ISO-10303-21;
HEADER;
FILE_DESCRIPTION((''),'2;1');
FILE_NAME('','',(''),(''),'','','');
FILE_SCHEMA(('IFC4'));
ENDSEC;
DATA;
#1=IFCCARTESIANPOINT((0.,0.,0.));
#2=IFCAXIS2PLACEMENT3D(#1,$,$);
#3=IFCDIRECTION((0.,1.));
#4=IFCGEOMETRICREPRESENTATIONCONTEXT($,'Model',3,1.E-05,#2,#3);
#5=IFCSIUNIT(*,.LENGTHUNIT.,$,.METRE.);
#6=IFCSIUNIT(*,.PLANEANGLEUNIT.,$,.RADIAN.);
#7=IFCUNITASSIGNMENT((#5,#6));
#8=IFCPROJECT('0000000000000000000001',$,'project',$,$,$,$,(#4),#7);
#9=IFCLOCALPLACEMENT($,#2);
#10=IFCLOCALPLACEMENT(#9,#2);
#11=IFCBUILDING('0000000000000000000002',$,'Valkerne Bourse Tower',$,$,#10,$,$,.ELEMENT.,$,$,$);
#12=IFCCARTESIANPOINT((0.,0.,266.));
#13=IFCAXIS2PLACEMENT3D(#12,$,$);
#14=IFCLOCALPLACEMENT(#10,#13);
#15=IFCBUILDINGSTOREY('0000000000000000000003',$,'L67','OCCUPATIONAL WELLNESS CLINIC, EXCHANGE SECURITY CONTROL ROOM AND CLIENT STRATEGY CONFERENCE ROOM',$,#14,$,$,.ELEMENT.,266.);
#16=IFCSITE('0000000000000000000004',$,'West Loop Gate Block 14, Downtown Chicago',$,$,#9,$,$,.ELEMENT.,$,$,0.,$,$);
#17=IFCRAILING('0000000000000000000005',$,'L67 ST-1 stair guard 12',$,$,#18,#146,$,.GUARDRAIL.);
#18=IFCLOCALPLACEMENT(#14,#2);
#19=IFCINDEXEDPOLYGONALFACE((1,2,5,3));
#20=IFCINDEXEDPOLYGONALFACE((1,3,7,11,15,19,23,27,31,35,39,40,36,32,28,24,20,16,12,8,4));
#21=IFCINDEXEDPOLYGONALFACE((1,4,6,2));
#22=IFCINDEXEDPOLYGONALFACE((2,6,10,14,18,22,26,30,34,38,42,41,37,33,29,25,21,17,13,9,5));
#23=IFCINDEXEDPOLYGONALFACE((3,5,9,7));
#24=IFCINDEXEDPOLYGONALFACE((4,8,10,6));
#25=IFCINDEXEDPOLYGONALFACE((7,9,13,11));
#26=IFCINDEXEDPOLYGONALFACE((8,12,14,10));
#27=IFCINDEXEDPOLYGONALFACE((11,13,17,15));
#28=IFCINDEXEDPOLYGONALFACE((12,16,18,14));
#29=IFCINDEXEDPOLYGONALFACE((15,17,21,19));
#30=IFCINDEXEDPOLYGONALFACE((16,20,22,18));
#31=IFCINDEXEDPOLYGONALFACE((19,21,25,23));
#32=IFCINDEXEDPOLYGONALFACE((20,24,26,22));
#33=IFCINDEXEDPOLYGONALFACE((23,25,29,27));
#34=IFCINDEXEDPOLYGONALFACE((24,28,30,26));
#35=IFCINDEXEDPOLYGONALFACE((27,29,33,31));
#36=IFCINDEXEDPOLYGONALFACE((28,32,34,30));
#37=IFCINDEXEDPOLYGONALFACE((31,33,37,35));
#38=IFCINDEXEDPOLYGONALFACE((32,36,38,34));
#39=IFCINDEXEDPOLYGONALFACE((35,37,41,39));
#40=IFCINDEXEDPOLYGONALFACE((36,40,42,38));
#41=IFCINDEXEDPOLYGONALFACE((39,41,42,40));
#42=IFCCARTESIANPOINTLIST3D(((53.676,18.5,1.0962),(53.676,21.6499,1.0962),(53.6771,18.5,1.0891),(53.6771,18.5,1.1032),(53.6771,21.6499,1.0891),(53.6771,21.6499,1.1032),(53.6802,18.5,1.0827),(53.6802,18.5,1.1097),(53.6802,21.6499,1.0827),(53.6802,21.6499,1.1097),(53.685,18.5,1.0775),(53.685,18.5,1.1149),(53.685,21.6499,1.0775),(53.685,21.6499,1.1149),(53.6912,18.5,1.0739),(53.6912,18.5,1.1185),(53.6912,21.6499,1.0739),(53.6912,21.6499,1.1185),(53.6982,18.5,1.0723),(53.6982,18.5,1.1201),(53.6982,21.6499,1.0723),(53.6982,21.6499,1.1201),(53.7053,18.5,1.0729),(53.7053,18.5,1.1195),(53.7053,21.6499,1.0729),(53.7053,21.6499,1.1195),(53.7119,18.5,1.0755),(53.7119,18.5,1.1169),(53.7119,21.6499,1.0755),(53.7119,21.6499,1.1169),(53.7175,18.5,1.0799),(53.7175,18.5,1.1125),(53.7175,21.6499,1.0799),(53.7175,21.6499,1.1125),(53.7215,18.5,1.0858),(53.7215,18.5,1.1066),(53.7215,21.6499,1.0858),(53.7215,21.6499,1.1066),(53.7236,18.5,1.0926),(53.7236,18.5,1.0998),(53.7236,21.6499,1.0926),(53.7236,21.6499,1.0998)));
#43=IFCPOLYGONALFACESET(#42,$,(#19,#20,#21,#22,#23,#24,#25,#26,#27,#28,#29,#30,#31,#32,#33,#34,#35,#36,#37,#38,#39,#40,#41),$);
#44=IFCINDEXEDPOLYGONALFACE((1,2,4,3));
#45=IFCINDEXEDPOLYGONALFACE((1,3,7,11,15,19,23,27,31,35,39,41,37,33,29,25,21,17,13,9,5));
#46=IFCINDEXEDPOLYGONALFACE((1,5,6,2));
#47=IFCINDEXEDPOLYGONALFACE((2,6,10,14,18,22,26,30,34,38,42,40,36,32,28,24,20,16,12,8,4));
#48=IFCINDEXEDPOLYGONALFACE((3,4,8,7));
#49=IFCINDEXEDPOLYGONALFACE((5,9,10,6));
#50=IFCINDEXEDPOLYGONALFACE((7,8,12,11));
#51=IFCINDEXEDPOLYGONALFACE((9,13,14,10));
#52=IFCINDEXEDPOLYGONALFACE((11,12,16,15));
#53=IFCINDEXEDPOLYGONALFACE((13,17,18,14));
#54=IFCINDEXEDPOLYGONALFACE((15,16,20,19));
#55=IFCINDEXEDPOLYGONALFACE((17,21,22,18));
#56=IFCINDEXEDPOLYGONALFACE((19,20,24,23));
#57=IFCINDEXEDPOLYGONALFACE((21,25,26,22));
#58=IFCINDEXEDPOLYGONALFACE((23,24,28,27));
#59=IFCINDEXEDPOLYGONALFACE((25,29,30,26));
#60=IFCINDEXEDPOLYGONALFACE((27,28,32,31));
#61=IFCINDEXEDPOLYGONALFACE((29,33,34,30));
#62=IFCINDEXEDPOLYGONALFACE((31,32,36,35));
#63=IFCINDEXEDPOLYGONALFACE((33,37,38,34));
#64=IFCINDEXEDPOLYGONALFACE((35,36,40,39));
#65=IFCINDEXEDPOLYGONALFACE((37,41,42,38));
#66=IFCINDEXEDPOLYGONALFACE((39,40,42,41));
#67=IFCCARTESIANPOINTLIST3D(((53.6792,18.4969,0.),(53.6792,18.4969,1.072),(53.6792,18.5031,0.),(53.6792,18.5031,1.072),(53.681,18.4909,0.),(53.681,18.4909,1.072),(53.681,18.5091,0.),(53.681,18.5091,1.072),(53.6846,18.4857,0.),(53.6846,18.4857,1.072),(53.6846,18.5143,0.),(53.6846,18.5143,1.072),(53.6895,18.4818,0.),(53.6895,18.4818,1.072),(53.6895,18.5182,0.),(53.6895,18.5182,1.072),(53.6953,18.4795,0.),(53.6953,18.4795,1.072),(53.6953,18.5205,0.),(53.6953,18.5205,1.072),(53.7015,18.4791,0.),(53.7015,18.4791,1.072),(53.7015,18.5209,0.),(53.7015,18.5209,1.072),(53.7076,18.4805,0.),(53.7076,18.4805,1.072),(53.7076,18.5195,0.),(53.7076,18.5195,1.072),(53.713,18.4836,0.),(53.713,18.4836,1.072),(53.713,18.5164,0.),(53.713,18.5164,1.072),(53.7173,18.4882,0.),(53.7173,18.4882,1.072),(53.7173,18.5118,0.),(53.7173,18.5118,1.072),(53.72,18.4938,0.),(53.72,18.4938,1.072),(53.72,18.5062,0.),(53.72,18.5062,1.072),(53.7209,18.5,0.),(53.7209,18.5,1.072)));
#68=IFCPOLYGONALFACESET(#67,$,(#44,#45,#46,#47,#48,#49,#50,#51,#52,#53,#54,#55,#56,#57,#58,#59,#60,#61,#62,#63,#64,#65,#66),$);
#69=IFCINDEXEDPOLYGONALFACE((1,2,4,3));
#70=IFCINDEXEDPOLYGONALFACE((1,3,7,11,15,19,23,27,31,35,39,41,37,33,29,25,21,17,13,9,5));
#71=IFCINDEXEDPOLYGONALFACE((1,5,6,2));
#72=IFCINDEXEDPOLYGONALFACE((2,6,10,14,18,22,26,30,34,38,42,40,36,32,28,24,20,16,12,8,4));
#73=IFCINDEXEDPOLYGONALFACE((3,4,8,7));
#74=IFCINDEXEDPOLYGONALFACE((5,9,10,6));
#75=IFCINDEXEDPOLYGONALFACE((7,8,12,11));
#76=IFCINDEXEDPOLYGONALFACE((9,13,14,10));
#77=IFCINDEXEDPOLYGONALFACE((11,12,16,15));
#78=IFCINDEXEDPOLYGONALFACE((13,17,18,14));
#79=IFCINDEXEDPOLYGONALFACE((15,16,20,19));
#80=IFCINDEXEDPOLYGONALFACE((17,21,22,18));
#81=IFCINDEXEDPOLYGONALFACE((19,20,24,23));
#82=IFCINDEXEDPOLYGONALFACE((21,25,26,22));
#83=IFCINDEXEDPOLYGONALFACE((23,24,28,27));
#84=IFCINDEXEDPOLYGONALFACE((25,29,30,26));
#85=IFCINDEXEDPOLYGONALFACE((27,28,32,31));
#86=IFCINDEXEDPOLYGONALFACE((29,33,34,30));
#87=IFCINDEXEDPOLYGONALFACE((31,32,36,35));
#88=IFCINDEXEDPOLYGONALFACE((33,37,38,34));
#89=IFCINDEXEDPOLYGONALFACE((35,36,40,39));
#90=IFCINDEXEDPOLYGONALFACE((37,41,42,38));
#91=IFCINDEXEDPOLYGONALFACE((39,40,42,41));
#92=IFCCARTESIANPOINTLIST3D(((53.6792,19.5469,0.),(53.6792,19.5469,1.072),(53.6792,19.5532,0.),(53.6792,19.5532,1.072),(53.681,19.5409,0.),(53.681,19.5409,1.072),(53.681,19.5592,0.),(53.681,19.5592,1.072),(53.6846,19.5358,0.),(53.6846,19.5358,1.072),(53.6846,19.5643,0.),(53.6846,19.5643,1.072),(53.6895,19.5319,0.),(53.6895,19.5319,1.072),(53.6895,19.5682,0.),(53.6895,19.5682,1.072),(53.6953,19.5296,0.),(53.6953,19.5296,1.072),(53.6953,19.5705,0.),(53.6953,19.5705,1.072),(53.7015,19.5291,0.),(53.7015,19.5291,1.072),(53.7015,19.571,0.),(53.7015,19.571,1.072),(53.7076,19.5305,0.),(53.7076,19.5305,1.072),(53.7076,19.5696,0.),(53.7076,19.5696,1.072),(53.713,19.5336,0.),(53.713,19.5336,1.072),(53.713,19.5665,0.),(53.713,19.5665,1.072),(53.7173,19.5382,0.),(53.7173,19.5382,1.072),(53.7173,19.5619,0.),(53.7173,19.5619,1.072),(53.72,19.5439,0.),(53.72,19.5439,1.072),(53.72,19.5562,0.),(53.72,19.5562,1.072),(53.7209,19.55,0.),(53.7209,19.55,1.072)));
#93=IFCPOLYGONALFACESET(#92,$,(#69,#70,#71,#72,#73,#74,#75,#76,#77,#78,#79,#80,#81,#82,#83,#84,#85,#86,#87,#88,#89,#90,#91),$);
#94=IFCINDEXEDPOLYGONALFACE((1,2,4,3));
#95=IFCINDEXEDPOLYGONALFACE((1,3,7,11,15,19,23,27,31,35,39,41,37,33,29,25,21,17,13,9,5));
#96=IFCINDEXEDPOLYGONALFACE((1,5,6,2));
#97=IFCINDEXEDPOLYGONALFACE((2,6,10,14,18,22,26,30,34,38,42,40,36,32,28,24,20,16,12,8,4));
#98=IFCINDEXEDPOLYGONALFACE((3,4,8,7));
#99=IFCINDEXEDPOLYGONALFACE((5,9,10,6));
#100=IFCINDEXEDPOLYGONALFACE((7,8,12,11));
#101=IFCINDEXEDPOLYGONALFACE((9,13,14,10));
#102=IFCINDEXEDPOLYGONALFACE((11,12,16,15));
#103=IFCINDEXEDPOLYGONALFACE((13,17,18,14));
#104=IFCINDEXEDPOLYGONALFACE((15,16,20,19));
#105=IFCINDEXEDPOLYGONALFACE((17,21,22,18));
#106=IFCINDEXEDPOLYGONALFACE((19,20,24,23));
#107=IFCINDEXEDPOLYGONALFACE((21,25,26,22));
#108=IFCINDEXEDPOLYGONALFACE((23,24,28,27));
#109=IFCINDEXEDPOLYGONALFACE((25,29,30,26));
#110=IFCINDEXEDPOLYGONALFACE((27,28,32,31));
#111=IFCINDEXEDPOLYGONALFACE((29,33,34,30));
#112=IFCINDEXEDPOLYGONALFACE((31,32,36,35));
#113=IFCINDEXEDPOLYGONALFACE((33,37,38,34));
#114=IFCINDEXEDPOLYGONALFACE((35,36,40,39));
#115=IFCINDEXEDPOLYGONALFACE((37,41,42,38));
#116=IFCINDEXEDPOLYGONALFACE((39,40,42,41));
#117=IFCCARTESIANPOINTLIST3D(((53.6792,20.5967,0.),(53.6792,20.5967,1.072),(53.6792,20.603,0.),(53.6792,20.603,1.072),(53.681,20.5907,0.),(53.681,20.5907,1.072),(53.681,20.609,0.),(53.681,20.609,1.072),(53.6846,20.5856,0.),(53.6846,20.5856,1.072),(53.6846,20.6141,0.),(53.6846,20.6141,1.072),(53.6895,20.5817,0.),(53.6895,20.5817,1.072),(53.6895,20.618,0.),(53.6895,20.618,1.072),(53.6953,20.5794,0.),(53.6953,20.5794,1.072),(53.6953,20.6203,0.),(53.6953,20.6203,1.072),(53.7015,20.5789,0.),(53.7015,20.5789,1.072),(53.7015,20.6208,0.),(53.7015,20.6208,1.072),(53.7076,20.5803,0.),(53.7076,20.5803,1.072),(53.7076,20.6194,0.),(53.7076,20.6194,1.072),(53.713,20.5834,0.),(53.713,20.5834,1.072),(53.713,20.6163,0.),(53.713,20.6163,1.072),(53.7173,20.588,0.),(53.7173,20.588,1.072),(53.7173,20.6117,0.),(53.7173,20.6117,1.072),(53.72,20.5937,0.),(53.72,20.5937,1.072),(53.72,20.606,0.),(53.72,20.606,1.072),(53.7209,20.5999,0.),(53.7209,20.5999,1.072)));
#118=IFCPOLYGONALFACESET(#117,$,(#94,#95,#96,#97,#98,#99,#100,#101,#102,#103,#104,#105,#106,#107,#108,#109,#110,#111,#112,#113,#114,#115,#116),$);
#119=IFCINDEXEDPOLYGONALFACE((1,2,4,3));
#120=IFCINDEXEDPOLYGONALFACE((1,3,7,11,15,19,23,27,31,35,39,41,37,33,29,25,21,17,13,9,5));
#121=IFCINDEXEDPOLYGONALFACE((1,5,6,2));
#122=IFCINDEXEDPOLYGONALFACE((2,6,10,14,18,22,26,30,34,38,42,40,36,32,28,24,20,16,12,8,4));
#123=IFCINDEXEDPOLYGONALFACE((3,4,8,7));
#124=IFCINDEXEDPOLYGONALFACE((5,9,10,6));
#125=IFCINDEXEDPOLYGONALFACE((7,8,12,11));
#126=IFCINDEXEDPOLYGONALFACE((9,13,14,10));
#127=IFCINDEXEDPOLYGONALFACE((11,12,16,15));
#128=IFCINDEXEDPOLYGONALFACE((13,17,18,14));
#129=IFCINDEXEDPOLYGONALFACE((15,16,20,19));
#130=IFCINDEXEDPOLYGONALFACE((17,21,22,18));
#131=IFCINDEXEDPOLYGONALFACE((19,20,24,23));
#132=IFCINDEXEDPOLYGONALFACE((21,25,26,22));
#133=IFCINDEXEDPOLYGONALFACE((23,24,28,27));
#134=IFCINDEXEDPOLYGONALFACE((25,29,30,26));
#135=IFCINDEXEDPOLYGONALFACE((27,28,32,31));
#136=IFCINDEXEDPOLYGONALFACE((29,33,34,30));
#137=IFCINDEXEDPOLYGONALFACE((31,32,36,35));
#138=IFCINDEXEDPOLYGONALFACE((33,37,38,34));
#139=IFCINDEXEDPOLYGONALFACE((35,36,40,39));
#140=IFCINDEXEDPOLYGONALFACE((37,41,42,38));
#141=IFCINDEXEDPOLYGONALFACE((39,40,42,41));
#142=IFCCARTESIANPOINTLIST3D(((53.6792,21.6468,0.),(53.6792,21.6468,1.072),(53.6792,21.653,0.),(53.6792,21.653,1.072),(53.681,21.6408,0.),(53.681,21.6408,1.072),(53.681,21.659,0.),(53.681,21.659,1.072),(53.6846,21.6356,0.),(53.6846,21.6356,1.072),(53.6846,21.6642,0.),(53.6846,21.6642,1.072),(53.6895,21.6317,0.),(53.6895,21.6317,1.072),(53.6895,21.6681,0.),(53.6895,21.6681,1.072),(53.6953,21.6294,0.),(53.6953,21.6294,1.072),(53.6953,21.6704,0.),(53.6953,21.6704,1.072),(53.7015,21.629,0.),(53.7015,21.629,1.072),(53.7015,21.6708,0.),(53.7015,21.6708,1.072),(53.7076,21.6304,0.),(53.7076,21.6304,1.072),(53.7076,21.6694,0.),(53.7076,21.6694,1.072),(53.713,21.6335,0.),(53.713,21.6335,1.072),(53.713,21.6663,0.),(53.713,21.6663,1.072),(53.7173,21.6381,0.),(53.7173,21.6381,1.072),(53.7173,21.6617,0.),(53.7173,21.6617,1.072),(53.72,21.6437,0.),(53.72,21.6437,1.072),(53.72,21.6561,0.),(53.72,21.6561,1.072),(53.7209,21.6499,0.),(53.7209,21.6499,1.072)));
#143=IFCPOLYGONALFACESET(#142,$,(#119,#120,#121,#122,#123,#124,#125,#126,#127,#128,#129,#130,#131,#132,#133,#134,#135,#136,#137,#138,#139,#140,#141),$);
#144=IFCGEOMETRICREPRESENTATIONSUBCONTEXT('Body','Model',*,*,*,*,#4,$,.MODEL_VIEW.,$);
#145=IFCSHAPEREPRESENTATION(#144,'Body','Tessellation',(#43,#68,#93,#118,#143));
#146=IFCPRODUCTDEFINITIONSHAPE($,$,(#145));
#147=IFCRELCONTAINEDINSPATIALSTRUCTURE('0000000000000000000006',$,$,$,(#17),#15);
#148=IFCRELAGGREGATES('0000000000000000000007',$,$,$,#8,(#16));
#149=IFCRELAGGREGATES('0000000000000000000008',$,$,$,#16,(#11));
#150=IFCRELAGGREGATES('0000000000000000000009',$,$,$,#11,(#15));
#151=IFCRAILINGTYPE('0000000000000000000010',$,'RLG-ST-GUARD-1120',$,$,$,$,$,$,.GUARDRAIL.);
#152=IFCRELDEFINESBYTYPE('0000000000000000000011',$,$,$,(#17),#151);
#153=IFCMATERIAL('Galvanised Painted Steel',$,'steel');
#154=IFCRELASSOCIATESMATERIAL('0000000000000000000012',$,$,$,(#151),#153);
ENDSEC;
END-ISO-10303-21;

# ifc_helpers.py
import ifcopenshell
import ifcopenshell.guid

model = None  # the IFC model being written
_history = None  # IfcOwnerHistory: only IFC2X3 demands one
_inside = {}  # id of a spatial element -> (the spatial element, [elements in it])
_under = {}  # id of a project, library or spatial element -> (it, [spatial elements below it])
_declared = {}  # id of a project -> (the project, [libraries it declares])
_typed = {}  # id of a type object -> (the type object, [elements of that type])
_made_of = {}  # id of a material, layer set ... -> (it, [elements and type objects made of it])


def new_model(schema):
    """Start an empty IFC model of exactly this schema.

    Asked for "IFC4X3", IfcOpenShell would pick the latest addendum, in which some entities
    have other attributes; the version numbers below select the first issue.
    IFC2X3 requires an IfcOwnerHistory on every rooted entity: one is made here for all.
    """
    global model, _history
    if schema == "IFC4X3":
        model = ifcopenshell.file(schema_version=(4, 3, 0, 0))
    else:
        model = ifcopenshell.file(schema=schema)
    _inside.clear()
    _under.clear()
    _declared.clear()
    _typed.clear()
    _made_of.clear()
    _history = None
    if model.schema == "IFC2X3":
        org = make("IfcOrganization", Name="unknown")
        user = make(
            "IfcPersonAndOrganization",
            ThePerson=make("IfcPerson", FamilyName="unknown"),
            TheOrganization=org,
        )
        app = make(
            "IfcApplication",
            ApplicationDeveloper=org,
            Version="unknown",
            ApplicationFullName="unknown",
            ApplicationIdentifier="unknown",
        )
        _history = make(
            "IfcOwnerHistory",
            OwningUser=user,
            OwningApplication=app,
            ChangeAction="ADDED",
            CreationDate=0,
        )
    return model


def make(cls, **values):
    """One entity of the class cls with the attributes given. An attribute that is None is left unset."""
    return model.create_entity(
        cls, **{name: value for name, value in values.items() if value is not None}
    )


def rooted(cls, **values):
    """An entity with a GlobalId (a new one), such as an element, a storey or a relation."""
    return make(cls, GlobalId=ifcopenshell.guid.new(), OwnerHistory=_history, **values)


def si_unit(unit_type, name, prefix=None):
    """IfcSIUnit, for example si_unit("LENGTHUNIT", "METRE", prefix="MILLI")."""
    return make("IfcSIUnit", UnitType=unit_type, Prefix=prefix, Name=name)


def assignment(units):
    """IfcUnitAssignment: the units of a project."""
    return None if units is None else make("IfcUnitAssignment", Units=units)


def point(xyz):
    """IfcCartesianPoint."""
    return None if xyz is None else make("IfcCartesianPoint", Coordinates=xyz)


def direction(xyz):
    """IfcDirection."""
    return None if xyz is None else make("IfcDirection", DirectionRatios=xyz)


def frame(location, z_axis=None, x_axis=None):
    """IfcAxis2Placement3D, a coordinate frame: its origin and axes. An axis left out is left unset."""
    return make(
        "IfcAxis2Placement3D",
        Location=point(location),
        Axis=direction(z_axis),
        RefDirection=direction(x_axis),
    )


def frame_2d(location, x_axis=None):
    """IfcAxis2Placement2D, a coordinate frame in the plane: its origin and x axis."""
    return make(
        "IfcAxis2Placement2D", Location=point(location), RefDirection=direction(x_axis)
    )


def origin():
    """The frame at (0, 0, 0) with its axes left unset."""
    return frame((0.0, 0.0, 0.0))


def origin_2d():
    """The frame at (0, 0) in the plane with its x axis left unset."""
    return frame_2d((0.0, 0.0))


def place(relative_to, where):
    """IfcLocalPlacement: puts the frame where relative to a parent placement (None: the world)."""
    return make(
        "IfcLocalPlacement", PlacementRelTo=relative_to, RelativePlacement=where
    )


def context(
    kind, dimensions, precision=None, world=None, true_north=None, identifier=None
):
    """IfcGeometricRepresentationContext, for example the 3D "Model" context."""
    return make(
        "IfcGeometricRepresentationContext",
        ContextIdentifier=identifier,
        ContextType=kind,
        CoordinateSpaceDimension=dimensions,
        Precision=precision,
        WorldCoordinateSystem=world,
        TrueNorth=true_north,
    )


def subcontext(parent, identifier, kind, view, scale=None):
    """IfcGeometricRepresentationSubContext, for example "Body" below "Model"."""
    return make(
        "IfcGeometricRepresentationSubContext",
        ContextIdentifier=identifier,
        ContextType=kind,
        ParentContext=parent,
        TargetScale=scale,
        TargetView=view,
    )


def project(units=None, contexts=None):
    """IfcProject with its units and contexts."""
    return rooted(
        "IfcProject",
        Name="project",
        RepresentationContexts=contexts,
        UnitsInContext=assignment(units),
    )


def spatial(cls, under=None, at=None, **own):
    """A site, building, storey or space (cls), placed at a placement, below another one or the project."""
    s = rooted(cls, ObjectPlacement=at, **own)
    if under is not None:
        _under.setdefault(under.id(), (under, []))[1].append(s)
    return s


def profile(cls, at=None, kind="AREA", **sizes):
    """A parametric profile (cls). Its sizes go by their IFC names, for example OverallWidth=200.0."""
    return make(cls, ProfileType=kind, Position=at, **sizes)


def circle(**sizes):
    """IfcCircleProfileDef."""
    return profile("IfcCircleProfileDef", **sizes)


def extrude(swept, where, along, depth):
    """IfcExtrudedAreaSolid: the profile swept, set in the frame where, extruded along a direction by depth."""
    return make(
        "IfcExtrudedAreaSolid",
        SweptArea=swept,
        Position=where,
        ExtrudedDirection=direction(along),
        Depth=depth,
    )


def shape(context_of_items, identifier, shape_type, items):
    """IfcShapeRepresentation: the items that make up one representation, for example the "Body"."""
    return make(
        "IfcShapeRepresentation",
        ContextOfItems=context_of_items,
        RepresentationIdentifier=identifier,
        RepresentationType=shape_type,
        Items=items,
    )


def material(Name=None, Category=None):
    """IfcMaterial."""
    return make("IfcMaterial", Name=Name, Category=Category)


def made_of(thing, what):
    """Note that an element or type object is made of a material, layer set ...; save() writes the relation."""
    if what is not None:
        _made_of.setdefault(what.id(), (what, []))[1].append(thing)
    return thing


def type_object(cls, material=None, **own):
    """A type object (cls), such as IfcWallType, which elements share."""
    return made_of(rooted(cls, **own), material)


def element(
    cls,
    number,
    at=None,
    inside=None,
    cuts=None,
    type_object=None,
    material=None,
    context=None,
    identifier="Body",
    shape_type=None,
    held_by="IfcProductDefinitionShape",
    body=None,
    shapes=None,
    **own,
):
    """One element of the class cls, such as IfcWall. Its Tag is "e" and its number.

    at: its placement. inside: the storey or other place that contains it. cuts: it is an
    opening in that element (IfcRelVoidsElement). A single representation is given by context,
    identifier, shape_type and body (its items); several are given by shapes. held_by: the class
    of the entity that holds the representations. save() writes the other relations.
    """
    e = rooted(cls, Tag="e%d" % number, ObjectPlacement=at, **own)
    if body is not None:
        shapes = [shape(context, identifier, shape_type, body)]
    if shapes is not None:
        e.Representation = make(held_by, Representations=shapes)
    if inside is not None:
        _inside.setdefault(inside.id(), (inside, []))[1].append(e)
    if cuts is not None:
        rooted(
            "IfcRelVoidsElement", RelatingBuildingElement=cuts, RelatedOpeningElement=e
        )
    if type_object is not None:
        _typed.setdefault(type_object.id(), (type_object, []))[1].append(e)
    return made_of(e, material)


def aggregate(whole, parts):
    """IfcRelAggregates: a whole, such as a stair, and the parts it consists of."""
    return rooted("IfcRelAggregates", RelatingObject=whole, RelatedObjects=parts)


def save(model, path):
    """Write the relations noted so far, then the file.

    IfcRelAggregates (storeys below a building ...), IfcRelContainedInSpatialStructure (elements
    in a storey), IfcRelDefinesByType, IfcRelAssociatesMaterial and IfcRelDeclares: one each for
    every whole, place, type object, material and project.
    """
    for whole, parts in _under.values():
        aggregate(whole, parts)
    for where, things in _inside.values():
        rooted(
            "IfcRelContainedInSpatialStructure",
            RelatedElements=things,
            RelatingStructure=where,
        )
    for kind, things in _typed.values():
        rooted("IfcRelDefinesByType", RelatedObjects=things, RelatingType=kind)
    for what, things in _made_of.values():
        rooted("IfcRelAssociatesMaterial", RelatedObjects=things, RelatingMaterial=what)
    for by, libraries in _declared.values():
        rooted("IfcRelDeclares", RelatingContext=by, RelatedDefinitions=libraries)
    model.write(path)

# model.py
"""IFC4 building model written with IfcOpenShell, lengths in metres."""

from ifc_helpers import new_model, si_unit, direction, frame, origin, origin_2d, place, context, subcontext, project, spatial, circle, extrude, material, type_object, element, save


model = new_model("IFC4")

# Units and contexts
model_context = context("Model", 3, precision=1e-05, world=origin(), true_north=direction((0.0, 1.0)))
body_context = subcontext(model_context, "Body", "Model", "MODEL_VIEW")
ifc_project = project(units=[si_unit("LENGTHUNIT", "METRE"), si_unit("PLANEANGLEUNIT", "RADIAN")], contexts=[model_context])

# Site, building, storey
site_placement = place(None, origin())
site = spatial("IfcSite", under=ifc_project, at=site_placement, Name="West Loop Gate Block 14, Downtown Chicago", CompositionType="ELEMENT", RefElevation=0.0)
building_placement = place(site_placement, origin())
building = spatial("IfcBuilding", under=site, at=building_placement, Name="Valkerne Bourse Tower", CompositionType="ELEMENT")
storey_placement = place(building_placement, frame((0.0, 0.0, 266.0)))
storey = spatial("IfcBuildingStorey", under=building, at=storey_placement, Name="L67", Description="OCCUPATIONAL WELLNESS CLINIC, EXCHANGE SECURITY CONTROL ROOM AND CLIENT STRATEGY CONFERENCE ROOM", CompositionType="ELEMENT", Elevation=266.0)

# Railing
ifc_material_1 = material(Name="Galvanised Painted Steel", Category="steel")
railing_type = type_object("IfcRailingType", Name="RLG-ST-GUARD-1120", PredefinedType="GUARDRAIL", material=ifc_material_1)
railing_1_placement = place(storey_placement, frame((53.7, 18.5, 0.0)))
element("IfcRailing", 1, at=railing_1_placement, inside=storey, type_object=railing_type, Name="L67 ST-1 stair guard 12", PredefinedType="GUARDRAIL", context=body_context, shape_type="SweptSolid", body=[
    extrude(circle(Radius=0.0239, at=origin_2d()), frame((0.0, 0.0, 1.0962), z_axis=(0.0, 1.0, 0.0), x_axis=(-1.0, 0.0, 0.0)), (0.0, 0.0, 1.0), 3.1499),
    extrude(circle(Radius=0.021, at=origin_2d()), origin(), (0.0, 0.0, 1.0), 1.072),
    extrude(circle(Radius=0.021, at=origin_2d()), frame((0.0, 1.05, 0.0)), (0.0, 0.0, 1.0), 1.072),
    extrude(circle(Radius=0.021, at=origin_2d()), frame((0.0, 2.0999, 0.0)), (0.0, 0.0, 1.0), 1.072),
    extrude(circle(Radius=0.021, at=origin_2d()), frame((0.0, 3.1499, 0.0)), (0.0, 0.0, 1.0), 1.072),
])

save(model, "model.ifc")
